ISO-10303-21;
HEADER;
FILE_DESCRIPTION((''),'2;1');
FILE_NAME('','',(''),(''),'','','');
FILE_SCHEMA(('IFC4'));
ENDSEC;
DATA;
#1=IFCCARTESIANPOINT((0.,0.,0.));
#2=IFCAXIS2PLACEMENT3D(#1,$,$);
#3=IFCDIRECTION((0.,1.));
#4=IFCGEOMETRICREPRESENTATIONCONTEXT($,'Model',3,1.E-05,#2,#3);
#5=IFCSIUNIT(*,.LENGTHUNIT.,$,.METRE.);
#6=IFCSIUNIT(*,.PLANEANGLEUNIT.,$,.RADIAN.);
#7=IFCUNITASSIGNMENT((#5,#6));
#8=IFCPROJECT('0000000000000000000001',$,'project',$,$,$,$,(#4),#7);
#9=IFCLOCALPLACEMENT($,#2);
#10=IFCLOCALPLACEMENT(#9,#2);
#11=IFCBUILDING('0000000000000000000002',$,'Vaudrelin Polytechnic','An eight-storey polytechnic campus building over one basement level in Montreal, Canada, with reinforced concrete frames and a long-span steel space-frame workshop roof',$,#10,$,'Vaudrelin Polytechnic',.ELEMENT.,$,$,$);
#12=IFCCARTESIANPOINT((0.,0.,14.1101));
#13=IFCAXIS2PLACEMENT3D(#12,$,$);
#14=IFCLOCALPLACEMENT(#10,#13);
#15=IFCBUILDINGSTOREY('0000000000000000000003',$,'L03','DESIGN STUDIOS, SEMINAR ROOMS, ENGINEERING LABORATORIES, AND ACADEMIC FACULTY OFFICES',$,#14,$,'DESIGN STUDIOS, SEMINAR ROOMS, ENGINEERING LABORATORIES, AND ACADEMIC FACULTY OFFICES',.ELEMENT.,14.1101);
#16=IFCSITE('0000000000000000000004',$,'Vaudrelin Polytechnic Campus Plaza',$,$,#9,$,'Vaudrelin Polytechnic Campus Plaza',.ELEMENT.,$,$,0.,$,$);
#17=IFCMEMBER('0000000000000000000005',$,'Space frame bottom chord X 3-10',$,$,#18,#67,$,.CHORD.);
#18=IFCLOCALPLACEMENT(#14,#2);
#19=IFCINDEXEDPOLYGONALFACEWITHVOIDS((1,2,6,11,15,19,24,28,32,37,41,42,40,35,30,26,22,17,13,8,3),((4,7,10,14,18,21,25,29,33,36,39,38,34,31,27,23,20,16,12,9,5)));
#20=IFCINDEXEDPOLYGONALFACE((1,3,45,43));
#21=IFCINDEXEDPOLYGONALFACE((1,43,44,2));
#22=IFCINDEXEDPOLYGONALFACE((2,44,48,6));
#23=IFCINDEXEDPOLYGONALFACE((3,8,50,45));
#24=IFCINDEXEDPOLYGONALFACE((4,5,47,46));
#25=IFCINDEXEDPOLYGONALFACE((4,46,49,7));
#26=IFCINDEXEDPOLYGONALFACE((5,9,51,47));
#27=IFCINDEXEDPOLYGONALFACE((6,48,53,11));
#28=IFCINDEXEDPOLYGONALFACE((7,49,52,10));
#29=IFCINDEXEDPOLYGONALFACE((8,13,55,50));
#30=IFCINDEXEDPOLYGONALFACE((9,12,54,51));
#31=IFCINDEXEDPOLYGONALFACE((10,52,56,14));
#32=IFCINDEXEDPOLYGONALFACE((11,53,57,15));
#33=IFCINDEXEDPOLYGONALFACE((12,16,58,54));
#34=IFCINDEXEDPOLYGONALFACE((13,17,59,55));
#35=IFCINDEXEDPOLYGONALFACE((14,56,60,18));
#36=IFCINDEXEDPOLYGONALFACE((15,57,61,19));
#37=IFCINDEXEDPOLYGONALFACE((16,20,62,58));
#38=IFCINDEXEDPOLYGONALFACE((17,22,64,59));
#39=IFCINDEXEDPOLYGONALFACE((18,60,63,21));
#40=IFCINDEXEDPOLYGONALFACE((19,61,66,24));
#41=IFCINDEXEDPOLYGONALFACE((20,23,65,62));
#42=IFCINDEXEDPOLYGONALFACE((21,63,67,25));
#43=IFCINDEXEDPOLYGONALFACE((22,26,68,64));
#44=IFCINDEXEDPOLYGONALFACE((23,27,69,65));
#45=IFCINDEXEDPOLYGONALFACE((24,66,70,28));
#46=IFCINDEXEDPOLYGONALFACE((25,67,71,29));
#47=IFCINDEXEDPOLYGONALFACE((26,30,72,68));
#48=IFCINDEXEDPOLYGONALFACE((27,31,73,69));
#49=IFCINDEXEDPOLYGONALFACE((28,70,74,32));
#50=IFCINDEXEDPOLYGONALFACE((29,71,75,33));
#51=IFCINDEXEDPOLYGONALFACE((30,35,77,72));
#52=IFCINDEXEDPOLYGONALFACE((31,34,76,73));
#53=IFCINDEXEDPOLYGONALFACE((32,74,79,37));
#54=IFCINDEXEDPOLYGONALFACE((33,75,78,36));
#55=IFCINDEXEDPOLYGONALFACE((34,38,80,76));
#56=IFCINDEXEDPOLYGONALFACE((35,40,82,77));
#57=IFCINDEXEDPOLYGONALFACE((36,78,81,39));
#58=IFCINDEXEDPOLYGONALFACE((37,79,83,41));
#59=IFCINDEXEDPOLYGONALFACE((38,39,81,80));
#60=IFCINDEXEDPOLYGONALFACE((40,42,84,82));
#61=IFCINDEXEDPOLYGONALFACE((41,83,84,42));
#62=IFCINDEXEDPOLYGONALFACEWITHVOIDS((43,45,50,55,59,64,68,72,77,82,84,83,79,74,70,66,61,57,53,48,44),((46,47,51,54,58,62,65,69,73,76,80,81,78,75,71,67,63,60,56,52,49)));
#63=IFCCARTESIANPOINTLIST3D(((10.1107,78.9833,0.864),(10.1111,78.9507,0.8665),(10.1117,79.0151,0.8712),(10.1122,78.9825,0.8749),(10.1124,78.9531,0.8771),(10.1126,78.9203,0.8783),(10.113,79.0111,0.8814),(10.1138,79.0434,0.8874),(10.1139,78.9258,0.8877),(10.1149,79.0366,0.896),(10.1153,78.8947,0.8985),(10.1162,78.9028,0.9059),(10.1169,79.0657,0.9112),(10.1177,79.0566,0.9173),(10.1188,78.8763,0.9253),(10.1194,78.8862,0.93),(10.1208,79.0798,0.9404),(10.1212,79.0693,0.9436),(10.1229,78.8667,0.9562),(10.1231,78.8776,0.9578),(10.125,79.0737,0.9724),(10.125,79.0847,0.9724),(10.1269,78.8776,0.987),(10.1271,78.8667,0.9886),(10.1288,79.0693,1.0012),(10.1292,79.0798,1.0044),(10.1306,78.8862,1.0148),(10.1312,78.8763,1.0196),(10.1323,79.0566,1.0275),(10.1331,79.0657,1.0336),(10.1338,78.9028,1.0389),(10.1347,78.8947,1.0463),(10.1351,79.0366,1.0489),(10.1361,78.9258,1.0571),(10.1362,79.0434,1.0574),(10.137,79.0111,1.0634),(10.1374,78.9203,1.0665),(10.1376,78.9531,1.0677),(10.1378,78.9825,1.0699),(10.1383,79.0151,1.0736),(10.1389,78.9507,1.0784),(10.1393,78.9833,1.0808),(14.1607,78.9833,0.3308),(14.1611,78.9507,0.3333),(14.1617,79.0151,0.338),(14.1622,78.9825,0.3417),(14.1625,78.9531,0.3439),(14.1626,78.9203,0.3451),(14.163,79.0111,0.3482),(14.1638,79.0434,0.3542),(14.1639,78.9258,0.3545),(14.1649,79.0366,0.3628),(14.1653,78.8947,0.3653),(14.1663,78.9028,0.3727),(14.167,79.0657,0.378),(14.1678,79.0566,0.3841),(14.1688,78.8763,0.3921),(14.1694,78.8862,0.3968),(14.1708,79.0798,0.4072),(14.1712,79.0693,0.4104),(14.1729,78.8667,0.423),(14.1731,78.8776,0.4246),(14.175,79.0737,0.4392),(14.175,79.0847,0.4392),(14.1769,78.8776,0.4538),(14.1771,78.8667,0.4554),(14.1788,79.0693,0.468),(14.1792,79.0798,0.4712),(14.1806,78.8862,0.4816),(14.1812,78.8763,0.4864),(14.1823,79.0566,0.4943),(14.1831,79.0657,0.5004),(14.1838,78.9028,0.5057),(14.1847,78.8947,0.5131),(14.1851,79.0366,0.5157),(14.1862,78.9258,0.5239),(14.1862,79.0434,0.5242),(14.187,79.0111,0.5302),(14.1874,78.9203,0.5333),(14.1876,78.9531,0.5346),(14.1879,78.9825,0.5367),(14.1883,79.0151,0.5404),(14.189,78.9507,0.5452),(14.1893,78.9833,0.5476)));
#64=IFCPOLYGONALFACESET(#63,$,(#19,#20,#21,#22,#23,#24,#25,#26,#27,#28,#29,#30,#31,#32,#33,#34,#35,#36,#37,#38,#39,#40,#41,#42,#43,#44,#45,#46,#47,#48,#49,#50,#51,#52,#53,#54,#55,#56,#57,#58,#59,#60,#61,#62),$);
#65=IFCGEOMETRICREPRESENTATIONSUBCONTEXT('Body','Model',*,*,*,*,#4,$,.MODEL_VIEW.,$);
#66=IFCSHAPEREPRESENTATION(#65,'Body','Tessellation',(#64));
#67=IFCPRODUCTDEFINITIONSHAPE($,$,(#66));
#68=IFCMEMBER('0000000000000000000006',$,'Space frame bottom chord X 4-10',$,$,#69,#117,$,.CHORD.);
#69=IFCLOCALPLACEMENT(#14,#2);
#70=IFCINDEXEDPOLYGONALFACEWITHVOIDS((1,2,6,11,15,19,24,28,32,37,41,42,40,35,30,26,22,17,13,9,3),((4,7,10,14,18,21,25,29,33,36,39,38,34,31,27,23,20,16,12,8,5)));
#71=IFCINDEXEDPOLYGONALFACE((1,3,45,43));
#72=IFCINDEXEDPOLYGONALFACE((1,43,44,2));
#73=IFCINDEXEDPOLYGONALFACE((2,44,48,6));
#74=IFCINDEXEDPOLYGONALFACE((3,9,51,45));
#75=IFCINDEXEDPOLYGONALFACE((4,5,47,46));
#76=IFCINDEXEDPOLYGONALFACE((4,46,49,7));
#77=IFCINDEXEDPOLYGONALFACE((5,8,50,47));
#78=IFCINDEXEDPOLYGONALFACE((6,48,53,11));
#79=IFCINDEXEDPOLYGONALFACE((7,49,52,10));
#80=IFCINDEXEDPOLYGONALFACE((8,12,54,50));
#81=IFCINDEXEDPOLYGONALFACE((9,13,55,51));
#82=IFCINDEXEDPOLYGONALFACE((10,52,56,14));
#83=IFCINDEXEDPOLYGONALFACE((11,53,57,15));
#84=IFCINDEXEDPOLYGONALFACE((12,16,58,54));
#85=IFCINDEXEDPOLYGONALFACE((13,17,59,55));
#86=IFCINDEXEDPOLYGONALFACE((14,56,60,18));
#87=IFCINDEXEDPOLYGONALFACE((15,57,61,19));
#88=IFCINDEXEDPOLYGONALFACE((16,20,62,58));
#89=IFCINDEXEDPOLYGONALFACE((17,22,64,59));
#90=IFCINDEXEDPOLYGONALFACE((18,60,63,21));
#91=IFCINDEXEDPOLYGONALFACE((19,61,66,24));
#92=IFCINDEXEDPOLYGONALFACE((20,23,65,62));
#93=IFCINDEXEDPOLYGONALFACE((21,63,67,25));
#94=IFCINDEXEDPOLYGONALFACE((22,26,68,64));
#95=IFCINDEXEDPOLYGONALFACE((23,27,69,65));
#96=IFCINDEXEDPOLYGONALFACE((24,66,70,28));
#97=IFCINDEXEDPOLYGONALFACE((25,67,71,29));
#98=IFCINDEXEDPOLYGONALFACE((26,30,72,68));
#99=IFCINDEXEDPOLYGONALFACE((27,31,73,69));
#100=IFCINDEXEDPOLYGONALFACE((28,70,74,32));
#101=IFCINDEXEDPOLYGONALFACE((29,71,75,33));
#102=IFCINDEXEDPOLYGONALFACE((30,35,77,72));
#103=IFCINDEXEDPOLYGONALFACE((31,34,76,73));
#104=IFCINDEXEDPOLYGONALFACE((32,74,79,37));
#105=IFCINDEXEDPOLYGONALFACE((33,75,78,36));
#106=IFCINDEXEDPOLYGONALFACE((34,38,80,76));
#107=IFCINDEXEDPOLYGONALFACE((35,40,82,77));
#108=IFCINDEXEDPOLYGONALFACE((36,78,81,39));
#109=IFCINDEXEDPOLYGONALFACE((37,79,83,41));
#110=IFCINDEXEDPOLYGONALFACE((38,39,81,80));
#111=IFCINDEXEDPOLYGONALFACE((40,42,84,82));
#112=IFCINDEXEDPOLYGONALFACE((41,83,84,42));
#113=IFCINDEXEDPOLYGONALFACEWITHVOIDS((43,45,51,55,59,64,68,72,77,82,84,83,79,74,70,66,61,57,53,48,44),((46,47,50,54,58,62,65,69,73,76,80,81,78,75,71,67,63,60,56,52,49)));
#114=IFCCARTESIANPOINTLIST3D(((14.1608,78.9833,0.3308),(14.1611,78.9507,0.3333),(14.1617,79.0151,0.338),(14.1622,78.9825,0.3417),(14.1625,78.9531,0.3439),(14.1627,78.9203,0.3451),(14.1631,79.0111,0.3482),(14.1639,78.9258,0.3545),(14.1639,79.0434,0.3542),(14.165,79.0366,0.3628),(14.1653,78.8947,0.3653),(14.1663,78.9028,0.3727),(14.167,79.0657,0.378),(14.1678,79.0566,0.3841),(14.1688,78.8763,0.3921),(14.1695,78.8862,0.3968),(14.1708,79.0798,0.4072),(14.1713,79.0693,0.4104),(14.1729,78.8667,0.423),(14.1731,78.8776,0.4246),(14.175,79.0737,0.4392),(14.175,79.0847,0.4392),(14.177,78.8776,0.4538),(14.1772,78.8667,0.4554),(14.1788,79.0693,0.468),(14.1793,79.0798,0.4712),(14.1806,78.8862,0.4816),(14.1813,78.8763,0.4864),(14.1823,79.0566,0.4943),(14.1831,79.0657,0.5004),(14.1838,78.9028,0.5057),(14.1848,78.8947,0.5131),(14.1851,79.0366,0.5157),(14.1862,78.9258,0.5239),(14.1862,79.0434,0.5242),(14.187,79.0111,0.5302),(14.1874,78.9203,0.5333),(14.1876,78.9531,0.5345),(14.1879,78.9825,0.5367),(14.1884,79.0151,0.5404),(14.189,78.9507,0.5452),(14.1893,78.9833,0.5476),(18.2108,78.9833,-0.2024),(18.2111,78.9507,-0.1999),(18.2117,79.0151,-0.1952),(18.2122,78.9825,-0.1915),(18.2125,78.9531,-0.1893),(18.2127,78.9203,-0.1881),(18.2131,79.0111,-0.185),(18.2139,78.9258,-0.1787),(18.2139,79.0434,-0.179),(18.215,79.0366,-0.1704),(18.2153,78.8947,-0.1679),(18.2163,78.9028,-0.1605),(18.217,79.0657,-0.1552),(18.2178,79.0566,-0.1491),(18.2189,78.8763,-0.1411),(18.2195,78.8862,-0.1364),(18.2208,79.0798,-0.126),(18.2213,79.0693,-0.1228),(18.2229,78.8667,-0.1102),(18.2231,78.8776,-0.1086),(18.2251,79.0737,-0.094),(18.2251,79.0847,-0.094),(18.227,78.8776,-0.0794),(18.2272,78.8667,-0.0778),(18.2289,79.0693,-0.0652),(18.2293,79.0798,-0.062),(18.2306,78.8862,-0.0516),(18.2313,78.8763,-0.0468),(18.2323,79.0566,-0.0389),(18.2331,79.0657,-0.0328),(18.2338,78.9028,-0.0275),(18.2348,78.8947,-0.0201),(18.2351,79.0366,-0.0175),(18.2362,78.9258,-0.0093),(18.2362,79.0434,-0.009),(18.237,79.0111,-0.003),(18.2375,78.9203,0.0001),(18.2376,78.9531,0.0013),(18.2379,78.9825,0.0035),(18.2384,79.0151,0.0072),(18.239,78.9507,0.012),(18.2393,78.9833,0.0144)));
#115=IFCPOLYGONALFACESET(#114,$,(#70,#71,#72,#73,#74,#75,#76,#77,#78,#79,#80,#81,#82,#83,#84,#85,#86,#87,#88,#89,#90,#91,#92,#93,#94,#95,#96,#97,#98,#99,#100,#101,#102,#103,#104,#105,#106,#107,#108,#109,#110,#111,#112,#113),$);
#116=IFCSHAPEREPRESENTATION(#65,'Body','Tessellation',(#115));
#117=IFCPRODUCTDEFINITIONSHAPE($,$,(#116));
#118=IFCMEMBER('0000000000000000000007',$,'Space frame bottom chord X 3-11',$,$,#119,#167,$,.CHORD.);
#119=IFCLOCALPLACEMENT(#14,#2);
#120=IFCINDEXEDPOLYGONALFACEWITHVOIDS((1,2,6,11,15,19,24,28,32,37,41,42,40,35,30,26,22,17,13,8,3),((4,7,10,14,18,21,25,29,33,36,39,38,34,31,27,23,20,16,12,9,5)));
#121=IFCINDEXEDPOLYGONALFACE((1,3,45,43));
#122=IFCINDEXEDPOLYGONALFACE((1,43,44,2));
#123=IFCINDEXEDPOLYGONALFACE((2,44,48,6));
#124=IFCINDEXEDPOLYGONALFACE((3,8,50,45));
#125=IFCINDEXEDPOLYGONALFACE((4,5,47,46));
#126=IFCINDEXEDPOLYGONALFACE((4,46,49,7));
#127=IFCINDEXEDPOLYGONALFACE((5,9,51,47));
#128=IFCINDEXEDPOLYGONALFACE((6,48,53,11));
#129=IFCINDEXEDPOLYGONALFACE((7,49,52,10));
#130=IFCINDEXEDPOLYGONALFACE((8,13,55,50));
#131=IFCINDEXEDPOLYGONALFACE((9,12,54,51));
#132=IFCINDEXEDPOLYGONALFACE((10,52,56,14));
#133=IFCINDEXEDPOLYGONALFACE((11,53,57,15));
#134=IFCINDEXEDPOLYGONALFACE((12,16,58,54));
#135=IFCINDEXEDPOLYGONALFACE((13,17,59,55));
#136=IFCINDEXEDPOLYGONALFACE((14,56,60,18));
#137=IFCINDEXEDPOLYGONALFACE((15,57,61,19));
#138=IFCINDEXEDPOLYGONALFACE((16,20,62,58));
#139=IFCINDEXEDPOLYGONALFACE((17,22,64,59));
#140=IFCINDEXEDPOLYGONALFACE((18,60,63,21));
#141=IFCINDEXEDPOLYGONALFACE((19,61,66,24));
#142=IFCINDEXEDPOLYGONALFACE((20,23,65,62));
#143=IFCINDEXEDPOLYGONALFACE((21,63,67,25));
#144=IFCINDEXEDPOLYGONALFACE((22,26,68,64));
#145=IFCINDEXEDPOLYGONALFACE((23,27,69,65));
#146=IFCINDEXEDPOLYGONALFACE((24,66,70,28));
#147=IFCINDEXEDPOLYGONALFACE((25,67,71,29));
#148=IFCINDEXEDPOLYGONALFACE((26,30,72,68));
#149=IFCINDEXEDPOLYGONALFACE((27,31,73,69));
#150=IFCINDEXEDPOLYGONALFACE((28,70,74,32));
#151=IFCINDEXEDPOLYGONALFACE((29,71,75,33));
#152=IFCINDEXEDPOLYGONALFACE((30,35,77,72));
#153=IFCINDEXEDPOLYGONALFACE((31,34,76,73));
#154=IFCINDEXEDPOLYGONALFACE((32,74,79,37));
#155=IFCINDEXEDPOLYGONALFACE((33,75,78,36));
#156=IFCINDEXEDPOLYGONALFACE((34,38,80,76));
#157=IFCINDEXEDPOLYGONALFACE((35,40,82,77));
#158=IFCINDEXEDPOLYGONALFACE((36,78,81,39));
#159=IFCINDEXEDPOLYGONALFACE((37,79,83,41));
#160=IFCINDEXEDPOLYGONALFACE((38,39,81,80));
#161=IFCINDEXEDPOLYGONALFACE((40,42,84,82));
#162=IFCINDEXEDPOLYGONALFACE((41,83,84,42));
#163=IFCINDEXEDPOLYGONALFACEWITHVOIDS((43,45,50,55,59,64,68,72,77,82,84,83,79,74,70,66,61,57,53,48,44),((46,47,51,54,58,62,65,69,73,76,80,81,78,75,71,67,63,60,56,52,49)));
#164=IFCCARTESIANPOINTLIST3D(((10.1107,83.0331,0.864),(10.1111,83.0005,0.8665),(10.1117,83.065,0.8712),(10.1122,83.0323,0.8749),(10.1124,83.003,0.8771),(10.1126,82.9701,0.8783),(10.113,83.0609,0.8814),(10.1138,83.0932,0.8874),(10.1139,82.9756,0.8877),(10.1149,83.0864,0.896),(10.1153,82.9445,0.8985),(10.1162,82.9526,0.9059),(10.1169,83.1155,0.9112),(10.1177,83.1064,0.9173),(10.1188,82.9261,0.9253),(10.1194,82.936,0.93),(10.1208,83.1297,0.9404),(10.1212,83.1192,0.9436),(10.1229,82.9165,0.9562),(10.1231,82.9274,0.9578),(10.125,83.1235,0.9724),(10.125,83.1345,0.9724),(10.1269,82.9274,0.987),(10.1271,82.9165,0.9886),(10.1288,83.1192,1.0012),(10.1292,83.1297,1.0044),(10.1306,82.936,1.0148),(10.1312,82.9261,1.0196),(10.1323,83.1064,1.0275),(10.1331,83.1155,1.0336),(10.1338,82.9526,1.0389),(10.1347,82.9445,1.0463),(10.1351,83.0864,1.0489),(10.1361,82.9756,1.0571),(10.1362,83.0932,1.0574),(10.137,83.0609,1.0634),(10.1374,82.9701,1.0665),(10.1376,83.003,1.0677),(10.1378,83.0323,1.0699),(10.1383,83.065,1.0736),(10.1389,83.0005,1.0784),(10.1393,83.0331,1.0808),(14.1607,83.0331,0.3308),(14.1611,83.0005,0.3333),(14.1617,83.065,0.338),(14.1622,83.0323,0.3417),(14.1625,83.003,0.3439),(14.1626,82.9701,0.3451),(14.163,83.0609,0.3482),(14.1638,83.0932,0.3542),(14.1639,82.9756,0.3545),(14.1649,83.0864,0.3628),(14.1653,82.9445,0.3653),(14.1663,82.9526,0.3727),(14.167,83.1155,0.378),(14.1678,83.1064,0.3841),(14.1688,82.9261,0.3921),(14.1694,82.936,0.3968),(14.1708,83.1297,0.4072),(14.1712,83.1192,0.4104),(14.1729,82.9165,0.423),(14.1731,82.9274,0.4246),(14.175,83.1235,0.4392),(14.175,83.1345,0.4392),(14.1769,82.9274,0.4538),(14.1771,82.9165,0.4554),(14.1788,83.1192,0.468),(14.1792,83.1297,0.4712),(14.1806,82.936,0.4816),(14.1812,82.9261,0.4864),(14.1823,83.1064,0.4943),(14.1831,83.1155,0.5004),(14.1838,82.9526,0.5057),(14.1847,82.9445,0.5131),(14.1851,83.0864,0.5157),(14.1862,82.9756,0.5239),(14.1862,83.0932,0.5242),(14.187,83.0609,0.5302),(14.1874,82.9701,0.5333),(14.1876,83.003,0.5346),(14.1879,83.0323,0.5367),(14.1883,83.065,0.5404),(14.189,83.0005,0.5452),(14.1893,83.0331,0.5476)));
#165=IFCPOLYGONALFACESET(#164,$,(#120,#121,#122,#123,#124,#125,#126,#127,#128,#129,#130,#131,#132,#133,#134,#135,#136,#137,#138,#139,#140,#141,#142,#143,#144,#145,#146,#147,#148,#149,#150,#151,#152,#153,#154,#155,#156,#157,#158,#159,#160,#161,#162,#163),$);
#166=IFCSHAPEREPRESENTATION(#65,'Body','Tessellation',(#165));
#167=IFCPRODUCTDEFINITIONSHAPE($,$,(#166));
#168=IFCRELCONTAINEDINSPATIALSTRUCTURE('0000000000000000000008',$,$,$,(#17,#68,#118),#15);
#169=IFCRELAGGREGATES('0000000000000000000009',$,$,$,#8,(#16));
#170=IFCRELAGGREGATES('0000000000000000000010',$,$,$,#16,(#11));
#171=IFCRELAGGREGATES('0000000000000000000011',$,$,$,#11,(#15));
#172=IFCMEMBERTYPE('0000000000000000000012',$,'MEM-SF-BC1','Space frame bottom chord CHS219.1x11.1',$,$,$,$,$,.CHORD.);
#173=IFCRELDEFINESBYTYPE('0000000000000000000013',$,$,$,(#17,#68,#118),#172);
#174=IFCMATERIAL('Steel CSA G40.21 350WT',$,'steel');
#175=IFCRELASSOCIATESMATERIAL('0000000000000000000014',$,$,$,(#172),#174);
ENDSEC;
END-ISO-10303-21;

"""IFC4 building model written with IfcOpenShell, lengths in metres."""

from ifc_helpers import new_model, si_unit, direction, frame, origin, origin_2d, place, context, subcontext, project, spatial, hollow_circle, extrude, material, material_profile, profile_set, type_object, element, save


model = new_model("IFC4")

# Units and contexts
model_context = context("Model", 3, precision=1e-05, world=origin(), true_north=direction((0.0, 1.0)))
body_context = subcontext(model_context, "Body", "Model", "MODEL_VIEW")
ifc_project = project(units=[si_unit("LENGTHUNIT", "METRE"), si_unit("PLANEANGLEUNIT", "RADIAN")], contexts=[model_context])

# Site, building, storey
site_placement = place(None, origin())
site = spatial("IfcSite", under=ifc_project, at=site_placement, Name="Vaudrelin Polytechnic Campus Plaza", LongName="Vaudrelin Polytechnic Campus Plaza", CompositionType="ELEMENT", RefElevation=0.0)
building_placement = place(site_placement, origin())
building = spatial("IfcBuilding", under=site, at=building_placement, Name="Vaudrelin Polytechnic", Description="An eight-storey polytechnic campus building over one basement level in Montreal, Canada, with reinforced concrete frames and a long-span steel space-frame workshop roof", LongName="Vaudrelin Polytechnic", CompositionType="ELEMENT")
storey_placement = place(building_placement, frame((0.0, 0.0, 14.1101)))
storey = spatial("IfcBuildingStorey", under=building, at=storey_placement, Name="L03", Description="DESIGN STUDIOS, SEMINAR ROOMS, ENGINEERING LABORATORIES, AND ACADEMIC FACULTY OFFICES", LongName="DESIGN STUDIOS, SEMINAR ROOMS, ENGINEERING LABORATORIES, AND ACADEMIC FACULTY OFFICES", CompositionType="ELEMENT", Elevation=14.1101)

# Members
ifc_material = material(Name="Steel CSA G40.21 350WT", Category="steel")
ifc_material_profile_1 = material_profile(ifc_material, hollow_circle(Radius=0.1096, WallThickness=0.011, at=origin_2d()), Name="CHS219.1x11.1")
ifc_profile_set_1 = profile_set([ifc_material_profile_1], Name="Steel CSA G40.21 350WT")
member_type_1 = type_object("IfcMemberType", Name="MEM-SF-BC1", Description="Space frame bottom chord CHS219.1x11.1", PredefinedType="CHORD", material=ifc_profile_set_1)
for number, where, z_axis, x_axis, name in (
    (1, (10.125, 78.9751, 0.9724), (0.991445, 0.0, -0.130527), (0.0, 1.0, 0.0), "Space frame bottom chord X 3-10"),
    (2, (14.175, 78.9751, 0.4392), (0.991445, 0.0, -0.130527), (0.0, 1.0, 0.0), "Space frame bottom chord X 4-10"),
    (3, (10.125, 83.0249, 0.9724), (0.991445, 0.0, -0.130527), (0.0, 1.0, 0.0), "Space frame bottom chord X 3-11"),
):
    element("IfcMember", number, at=place(storey_placement, frame(where, z_axis=z_axis, x_axis=x_axis)), inside=storey, type_object=member_type_1, Name=name, PredefinedType="CHORD", context=body_context, shape_type="SweptSolid", body=[
        extrude(hollow_circle(Radius=0.1096, WallThickness=0.011, at=origin_2d()), origin(), (0.0, 0.0, 1.0), 4.085),
    ])

save(model, "model.ifc")
